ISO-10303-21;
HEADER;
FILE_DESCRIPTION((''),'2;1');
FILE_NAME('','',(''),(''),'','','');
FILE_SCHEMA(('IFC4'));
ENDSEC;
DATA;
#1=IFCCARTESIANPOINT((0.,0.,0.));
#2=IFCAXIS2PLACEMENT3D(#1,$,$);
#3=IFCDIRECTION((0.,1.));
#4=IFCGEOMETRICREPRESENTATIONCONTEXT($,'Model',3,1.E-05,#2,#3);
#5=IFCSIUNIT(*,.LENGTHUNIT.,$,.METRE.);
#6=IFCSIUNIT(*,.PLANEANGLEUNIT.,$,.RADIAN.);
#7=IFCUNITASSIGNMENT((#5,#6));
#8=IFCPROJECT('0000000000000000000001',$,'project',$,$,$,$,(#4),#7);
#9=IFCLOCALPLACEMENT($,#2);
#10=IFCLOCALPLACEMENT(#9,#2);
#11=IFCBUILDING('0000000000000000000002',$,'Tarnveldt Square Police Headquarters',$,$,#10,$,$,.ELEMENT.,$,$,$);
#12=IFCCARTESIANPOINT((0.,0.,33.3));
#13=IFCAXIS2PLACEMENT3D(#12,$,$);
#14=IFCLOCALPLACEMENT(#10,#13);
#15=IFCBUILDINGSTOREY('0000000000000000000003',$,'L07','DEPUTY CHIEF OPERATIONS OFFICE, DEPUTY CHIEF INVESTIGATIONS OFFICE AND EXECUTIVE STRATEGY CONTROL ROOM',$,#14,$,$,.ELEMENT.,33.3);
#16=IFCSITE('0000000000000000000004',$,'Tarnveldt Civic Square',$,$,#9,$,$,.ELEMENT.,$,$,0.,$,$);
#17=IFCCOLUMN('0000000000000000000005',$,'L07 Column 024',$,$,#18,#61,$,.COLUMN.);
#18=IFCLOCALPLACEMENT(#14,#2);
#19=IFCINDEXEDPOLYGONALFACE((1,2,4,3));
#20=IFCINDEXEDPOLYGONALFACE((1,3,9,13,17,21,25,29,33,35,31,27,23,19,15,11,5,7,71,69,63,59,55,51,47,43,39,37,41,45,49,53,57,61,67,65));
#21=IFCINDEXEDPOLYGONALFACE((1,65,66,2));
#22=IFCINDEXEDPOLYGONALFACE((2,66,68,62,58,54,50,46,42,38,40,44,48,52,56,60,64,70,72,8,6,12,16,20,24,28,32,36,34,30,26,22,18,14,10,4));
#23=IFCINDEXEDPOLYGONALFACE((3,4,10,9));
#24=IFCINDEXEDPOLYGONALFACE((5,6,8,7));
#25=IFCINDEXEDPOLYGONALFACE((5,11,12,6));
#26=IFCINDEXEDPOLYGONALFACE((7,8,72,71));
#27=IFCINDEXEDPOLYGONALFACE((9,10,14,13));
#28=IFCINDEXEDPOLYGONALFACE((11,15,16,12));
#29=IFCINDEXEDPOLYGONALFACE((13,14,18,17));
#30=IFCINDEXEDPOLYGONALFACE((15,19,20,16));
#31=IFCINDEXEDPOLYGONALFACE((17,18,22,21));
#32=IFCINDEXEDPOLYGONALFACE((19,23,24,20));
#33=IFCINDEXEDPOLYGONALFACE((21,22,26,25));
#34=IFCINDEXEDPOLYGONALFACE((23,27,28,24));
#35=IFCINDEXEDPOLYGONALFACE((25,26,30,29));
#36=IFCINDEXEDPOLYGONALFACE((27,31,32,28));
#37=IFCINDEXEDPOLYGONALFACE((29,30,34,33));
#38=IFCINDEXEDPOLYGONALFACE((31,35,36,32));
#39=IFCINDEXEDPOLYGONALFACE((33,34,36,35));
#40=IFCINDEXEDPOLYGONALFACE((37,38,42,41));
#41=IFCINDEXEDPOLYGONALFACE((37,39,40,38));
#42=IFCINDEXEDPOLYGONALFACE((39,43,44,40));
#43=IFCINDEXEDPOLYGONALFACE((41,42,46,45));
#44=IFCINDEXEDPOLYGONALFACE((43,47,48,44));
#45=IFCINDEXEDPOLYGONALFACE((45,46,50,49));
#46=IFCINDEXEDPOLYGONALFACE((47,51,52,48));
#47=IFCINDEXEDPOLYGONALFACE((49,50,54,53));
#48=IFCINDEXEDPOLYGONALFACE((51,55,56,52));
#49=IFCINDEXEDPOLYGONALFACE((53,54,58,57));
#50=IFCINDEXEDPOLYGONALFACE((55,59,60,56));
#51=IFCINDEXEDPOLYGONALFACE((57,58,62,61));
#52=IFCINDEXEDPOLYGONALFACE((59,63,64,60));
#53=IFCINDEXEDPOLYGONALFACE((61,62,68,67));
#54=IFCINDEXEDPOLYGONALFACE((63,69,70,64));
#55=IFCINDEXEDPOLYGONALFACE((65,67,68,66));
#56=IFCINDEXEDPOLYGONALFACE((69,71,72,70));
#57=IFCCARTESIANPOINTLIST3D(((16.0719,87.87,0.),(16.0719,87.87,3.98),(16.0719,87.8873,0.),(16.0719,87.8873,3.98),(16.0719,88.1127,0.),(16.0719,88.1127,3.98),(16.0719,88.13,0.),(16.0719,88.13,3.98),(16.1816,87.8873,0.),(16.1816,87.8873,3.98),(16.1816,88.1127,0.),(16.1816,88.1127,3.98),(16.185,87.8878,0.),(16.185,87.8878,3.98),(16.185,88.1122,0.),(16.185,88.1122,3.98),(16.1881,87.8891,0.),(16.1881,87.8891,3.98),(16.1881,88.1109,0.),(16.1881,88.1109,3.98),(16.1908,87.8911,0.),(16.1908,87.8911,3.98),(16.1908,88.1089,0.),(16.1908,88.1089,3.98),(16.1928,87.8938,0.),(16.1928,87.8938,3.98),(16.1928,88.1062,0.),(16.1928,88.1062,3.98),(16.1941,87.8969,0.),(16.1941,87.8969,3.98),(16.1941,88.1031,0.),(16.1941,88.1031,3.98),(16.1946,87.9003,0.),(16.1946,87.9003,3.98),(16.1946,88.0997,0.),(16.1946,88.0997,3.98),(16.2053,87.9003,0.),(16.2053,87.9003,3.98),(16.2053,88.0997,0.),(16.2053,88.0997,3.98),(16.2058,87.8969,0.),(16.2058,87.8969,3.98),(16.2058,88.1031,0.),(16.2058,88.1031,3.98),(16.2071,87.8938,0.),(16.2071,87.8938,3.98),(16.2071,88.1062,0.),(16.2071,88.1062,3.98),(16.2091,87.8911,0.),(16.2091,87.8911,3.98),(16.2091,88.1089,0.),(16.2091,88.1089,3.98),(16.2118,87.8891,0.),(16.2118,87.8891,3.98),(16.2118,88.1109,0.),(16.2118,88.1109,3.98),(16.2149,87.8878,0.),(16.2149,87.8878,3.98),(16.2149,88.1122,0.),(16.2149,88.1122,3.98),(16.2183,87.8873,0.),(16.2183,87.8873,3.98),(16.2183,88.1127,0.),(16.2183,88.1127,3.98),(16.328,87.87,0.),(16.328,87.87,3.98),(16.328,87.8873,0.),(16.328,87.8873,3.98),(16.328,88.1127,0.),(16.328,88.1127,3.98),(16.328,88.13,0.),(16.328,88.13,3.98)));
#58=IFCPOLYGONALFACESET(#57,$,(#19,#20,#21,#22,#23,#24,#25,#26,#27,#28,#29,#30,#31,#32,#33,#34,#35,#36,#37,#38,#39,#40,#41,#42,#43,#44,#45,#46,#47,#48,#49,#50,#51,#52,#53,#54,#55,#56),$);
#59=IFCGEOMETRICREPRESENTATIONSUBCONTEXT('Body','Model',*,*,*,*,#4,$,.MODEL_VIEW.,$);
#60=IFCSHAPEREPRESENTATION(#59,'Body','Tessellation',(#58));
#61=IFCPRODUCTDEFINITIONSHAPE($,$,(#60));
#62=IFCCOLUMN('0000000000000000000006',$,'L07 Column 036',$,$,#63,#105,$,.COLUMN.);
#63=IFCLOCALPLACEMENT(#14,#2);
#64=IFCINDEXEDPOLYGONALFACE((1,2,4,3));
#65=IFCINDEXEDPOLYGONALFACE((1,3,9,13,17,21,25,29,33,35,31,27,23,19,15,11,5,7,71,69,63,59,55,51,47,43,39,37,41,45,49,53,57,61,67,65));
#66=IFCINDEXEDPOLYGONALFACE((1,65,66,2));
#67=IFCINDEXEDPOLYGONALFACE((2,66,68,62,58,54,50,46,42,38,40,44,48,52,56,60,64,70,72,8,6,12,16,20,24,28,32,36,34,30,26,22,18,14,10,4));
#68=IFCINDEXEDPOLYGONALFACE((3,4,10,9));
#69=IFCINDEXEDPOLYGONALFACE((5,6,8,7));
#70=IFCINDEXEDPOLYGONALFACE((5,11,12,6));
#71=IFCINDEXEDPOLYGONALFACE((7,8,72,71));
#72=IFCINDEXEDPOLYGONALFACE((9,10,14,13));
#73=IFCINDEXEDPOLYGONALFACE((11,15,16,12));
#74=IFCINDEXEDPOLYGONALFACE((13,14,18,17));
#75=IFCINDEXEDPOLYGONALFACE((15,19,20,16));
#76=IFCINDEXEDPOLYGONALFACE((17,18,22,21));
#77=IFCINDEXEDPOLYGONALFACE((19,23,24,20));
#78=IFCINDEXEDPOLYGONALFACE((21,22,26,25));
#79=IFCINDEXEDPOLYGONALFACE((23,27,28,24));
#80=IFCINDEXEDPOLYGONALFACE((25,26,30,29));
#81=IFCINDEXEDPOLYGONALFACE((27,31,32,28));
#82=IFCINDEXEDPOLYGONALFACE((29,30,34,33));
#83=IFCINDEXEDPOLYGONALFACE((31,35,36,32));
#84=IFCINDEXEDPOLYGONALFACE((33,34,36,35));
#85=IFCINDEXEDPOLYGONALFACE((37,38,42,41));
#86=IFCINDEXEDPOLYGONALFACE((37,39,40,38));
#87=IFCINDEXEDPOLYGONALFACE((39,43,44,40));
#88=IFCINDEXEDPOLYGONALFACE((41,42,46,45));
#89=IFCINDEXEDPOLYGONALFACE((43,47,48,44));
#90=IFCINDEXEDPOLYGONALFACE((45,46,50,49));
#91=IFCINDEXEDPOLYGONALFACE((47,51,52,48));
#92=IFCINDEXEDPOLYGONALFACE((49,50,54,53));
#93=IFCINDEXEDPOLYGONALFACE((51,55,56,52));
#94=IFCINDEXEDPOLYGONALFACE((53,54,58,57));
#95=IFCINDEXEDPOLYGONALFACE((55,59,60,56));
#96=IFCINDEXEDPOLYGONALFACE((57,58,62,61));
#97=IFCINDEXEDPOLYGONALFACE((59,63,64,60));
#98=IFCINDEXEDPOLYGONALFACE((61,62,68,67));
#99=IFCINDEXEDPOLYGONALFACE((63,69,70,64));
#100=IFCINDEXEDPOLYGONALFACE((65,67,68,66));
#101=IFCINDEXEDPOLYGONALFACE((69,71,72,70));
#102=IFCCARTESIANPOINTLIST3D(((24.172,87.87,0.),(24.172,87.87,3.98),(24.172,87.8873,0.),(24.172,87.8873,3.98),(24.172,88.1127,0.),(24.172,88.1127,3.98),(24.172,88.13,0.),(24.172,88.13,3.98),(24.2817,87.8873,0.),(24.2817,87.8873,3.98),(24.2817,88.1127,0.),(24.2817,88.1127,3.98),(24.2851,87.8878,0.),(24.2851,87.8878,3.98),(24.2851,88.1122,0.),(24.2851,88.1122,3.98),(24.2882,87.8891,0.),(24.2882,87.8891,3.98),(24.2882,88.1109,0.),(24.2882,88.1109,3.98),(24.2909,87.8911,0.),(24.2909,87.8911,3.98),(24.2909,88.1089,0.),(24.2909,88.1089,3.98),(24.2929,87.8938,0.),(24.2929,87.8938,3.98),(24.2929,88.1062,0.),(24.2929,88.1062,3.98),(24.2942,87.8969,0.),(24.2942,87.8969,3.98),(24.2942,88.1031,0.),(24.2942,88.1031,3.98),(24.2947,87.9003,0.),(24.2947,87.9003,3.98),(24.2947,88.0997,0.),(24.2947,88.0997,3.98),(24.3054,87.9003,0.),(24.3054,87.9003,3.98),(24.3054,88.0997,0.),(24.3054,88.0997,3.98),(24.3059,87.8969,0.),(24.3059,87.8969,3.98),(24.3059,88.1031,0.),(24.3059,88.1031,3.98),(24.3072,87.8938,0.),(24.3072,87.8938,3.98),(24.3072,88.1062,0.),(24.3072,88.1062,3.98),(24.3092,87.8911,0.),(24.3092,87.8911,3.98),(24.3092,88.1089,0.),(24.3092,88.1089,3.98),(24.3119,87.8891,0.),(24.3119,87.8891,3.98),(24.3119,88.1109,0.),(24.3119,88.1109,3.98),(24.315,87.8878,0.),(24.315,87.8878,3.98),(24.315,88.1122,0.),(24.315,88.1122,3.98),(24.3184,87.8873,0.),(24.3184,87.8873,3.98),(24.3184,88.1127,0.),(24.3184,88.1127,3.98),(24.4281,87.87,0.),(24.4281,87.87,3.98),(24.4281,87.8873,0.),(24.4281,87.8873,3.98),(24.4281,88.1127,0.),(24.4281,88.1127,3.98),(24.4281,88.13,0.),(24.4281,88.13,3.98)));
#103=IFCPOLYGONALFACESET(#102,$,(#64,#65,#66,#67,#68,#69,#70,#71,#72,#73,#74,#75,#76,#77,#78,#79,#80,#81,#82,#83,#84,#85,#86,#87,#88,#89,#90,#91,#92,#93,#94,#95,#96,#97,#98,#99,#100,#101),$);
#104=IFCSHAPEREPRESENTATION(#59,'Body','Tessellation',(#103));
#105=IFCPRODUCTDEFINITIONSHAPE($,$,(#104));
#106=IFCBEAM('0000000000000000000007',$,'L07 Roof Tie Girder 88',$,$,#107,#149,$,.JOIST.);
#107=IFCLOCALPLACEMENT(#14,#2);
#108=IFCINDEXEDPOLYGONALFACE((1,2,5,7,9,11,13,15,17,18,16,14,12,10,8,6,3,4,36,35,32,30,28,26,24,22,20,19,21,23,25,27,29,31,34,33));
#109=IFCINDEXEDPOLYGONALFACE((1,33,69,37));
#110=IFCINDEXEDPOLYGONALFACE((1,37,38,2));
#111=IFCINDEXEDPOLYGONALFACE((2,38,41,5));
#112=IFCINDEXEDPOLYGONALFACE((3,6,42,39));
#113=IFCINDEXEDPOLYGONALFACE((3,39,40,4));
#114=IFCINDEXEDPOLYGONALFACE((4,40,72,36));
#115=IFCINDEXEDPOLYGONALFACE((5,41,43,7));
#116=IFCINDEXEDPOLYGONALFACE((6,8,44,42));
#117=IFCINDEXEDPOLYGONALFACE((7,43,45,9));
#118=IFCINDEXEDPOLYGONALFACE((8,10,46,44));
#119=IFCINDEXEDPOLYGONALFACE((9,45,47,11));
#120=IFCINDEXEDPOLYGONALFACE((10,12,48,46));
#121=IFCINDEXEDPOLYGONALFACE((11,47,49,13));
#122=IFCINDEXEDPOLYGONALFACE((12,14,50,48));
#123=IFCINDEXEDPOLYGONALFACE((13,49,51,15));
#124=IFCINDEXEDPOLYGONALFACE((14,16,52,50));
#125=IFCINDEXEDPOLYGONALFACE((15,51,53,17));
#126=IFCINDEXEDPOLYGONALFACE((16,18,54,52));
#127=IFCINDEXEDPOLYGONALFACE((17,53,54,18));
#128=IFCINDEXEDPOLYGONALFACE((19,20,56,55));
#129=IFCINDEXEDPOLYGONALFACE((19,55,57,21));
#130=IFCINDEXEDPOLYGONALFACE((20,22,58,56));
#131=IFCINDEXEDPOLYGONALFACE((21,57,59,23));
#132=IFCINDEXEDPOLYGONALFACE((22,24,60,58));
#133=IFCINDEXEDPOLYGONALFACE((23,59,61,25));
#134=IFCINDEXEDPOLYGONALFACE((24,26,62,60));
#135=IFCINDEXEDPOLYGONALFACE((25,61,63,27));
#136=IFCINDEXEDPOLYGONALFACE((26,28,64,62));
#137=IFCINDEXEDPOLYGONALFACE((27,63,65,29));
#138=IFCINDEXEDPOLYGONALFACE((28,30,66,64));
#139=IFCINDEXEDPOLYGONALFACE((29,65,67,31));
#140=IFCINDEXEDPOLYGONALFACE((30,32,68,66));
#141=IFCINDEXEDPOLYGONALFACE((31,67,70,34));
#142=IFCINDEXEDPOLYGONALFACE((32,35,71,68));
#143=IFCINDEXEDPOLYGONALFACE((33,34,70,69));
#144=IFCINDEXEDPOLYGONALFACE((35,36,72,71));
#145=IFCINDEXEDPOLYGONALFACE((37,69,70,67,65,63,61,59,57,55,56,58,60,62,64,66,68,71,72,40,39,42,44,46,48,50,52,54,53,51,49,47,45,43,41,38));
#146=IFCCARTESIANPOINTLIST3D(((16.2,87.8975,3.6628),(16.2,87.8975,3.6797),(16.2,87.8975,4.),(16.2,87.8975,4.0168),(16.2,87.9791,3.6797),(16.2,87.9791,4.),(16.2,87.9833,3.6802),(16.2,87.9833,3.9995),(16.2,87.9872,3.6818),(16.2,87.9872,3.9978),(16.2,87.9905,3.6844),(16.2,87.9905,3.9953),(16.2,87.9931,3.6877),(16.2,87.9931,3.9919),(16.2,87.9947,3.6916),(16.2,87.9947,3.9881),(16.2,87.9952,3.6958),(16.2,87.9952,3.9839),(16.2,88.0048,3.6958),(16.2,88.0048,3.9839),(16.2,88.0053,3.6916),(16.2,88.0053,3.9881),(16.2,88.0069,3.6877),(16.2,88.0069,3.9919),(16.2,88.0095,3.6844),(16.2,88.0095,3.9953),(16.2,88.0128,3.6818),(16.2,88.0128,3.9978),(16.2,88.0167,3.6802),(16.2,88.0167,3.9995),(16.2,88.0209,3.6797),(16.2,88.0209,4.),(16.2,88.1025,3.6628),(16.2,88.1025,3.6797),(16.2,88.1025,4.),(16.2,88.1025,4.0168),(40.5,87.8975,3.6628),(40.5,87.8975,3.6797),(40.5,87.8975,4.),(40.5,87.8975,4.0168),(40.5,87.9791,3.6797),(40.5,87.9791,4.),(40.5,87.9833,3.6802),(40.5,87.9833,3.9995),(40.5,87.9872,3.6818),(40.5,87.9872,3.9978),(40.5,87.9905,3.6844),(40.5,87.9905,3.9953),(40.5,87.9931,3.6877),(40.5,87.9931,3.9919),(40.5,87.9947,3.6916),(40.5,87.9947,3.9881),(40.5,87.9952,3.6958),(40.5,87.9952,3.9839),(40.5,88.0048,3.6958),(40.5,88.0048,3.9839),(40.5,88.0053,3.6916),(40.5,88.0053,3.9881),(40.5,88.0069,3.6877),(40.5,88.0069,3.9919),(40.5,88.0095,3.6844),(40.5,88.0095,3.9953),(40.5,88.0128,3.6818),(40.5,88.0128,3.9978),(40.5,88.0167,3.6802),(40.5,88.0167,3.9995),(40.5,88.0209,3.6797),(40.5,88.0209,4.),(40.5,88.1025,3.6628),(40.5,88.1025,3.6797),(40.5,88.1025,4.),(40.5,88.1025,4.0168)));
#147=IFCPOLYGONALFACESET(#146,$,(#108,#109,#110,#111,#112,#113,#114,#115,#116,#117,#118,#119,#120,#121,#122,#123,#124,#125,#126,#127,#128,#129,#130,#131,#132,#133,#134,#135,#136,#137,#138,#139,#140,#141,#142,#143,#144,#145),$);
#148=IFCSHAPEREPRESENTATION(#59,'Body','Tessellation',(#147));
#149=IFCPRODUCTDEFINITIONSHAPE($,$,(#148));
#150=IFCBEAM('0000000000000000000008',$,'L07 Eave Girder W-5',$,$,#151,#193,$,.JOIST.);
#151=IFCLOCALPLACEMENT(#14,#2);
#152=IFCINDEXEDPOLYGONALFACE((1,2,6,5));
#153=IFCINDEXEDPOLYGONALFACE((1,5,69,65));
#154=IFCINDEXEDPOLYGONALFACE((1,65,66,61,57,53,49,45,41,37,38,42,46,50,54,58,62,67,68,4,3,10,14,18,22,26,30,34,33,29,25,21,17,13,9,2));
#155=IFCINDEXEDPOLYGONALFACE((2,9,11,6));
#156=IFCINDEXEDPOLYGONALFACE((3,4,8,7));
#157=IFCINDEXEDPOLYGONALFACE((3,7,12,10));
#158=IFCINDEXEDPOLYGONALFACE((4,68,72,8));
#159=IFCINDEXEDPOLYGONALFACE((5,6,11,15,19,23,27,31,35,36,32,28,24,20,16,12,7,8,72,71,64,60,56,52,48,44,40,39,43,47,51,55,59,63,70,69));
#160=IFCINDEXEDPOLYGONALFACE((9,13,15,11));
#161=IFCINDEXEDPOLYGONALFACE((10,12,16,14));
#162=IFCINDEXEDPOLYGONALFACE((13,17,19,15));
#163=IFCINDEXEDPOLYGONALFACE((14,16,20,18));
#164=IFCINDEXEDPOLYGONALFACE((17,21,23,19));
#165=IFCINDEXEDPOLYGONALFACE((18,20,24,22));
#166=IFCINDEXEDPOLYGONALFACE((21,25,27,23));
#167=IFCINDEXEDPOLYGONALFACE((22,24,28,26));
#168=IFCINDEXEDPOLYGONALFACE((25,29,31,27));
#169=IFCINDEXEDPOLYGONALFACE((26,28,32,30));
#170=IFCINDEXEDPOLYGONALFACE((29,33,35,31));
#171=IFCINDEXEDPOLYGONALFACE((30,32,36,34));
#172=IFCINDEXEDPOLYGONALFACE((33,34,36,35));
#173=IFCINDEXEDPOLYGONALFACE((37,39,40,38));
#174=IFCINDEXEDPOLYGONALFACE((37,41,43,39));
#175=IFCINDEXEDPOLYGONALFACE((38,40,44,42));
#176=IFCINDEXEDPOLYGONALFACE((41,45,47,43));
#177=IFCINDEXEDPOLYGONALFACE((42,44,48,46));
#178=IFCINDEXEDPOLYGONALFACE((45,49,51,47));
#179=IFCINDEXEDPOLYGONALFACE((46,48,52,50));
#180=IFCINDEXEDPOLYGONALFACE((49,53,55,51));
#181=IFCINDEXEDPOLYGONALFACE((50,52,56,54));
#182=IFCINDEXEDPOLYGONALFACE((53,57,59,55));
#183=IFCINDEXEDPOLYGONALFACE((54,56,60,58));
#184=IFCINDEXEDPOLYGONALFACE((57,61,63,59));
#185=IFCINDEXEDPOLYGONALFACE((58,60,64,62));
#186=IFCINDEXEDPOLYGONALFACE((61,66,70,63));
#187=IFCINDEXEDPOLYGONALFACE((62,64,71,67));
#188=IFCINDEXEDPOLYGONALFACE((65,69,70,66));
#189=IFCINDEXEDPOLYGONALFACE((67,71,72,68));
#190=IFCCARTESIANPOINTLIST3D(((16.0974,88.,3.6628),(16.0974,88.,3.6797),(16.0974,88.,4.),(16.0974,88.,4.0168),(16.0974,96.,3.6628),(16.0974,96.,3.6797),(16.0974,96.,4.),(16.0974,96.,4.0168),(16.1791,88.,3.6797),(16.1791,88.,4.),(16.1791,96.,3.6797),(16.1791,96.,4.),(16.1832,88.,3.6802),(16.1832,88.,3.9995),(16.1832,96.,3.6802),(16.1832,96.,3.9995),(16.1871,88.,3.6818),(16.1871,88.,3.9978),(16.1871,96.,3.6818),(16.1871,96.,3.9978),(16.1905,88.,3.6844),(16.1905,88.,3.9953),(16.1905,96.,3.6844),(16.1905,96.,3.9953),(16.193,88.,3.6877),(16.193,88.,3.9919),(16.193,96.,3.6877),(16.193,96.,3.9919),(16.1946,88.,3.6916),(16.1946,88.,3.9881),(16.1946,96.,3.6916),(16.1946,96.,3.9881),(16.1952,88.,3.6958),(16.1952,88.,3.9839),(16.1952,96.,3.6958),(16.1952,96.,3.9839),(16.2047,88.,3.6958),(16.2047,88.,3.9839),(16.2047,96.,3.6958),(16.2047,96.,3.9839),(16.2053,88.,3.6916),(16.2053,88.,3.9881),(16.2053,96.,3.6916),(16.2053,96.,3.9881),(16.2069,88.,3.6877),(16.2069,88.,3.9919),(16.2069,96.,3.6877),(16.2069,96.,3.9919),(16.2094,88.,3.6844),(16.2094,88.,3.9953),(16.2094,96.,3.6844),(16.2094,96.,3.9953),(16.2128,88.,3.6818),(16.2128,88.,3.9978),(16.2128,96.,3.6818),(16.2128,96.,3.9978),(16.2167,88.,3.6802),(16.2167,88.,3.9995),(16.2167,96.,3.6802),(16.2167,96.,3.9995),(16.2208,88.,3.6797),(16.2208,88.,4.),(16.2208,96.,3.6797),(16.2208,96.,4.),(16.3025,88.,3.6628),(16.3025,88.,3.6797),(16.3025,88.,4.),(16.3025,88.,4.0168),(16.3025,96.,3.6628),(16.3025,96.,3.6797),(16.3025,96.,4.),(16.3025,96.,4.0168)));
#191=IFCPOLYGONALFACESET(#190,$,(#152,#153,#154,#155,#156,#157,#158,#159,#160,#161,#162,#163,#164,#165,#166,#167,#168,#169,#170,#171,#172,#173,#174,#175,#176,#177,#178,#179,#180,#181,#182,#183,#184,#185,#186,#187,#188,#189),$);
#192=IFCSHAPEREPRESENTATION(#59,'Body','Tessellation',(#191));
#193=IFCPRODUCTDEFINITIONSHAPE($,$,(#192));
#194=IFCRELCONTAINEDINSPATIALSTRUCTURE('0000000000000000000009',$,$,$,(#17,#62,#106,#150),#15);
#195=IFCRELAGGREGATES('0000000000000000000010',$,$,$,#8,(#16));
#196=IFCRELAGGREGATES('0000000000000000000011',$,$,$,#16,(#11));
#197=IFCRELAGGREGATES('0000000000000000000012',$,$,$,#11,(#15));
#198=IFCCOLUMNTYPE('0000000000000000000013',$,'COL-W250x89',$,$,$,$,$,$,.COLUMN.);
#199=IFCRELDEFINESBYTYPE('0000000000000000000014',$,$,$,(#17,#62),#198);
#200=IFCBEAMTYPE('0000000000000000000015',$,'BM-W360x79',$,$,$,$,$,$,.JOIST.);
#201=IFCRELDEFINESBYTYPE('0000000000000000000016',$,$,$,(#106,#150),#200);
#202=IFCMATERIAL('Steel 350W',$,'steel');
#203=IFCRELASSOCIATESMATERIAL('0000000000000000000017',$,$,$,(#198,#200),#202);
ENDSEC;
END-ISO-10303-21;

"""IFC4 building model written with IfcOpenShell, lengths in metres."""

from ifc_helpers import new_model, si_unit, direction, frame, origin, origin_2d, place, context, subcontext, project, spatial, i_section, extrude, material, material_profile, profile_set, type_object, element, save


model = new_model("IFC4")

# Units and contexts
model_context = context("Model", 3, precision=1e-05, world=origin(), true_north=direction((0.0, 1.0)))
body_context = subcontext(model_context, "Body", "Model", "MODEL_VIEW")
ifc_project = project(units=[si_unit("LENGTHUNIT", "METRE"), si_unit("PLANEANGLEUNIT", "RADIAN")], contexts=[model_context])

# Site, building, storey
site_placement = place(None, origin())
site = spatial("IfcSite", under=ifc_project, at=site_placement, Name="Tarnveldt Civic Square", CompositionType="ELEMENT", RefElevation=0.0)
building_placement = place(site_placement, origin())
building = spatial("IfcBuilding", under=site, at=building_placement, Name="Tarnveldt Square Police Headquarters", CompositionType="ELEMENT")
storey_placement = place(building_placement, frame((0.0, 0.0, 33.3)))
storey = spatial("IfcBuildingStorey", under=building, at=storey_placement, Name="L07", Description="DEPUTY CHIEF OPERATIONS OFFICE, DEPUTY CHIEF INVESTIGATIONS OFFICE AND EXECUTIVE STRATEGY CONTROL ROOM", CompositionType="ELEMENT", Elevation=33.3)

# Columns
ifc_material_1 = material(Name="Steel 350W", Category="steel")
ifc_material_profile_1 = material_profile(ifc_material_1, i_section(OverallWidth=0.2561, OverallDepth=0.26, WebThickness=0.0107, FlangeThickness=0.0173, FilletRadius=0.0129, at=origin_2d()), Name="W250x89")
ifc_profile_set_1 = profile_set([ifc_material_profile_1], Name="Steel 350W")
column_type = type_object("IfcColumnType", Name="COL-W250x89", PredefinedType="COLUMN", material=ifc_profile_set_1)
for number, where, z_axis, x_axis, name in (
    (1, (16.2, 88.0, 0.0), (0.0, 0.0, 1.0), (1.0, 0.0, 0.0), "L07 Column 024"),
    (2, (24.3, 88.0, 0.0), (0.0, 0.0, 1.0), (1.0, 0.0, 0.0), "L07 Column 036"),
):
    element("IfcColumn", number, at=place(storey_placement, frame(where, z_axis=z_axis, x_axis=x_axis)), inside=storey, type_object=column_type, Name=name, PredefinedType="COLUMN", context=body_context, shape_type="SweptSolid", body=[
        extrude(i_section(OverallWidth=0.2561, OverallDepth=0.26, WebThickness=0.0107, FlangeThickness=0.0173, FilletRadius=0.0129, at=origin_2d()), origin(), (0.0, 0.0, 1.0), 3.98),
    ])

# Beams
ifc_material_profile_2 = material_profile(ifc_material_1, i_section(OverallWidth=0.2051, OverallDepth=0.354, WebThickness=0.0095, FlangeThickness=0.0168, FilletRadius=0.0161, at=origin_2d()), Name="W360x79")
ifc_profile_set_2 = profile_set([ifc_material_profile_2], Name="Steel 350W")
beam_type = type_object("IfcBeamType", Name="BM-W360x79", PredefinedType="JOIST", material=ifc_profile_set_2)
beam_1_placement = place(storey_placement, frame((16.2, 88.0, 3.8398), z_axis=(1.0, 0.0, 0.0), x_axis=(0.0, 1.0, 0.0)))
element("IfcBeam", 3, at=beam_1_placement, inside=storey, type_object=beam_type, Name="L07 Roof Tie Girder 88", PredefinedType="JOIST", context=body_context, shape_type="SweptSolid", body=[
    extrude(i_section(OverallWidth=0.2051, OverallDepth=0.354, WebThickness=0.0095, FlangeThickness=0.0168, FilletRadius=0.0161, at=origin_2d()), origin(), (0.0, 0.0, 1.0), 24.3),
])
beam_2_placement = place(storey_placement, frame((16.2, 88.0, 3.8398), z_axis=(0.0, 1.0, 0.0), x_axis=(-1.0, 0.0, 0.0)))
element("IfcBeam", 4, at=beam_2_placement, inside=storey, type_object=beam_type, Name="L07 Eave Girder W-5", PredefinedType="JOIST", context=body_context, shape_type="SweptSolid", body=[
    extrude(i_section(OverallWidth=0.2051, OverallDepth=0.354, WebThickness=0.0095, FlangeThickness=0.0168, FilletRadius=0.0161, at=origin_2d()), origin(), (0.0, 0.0, 1.0), 8.0),
])

save(model, "model.ifc")
